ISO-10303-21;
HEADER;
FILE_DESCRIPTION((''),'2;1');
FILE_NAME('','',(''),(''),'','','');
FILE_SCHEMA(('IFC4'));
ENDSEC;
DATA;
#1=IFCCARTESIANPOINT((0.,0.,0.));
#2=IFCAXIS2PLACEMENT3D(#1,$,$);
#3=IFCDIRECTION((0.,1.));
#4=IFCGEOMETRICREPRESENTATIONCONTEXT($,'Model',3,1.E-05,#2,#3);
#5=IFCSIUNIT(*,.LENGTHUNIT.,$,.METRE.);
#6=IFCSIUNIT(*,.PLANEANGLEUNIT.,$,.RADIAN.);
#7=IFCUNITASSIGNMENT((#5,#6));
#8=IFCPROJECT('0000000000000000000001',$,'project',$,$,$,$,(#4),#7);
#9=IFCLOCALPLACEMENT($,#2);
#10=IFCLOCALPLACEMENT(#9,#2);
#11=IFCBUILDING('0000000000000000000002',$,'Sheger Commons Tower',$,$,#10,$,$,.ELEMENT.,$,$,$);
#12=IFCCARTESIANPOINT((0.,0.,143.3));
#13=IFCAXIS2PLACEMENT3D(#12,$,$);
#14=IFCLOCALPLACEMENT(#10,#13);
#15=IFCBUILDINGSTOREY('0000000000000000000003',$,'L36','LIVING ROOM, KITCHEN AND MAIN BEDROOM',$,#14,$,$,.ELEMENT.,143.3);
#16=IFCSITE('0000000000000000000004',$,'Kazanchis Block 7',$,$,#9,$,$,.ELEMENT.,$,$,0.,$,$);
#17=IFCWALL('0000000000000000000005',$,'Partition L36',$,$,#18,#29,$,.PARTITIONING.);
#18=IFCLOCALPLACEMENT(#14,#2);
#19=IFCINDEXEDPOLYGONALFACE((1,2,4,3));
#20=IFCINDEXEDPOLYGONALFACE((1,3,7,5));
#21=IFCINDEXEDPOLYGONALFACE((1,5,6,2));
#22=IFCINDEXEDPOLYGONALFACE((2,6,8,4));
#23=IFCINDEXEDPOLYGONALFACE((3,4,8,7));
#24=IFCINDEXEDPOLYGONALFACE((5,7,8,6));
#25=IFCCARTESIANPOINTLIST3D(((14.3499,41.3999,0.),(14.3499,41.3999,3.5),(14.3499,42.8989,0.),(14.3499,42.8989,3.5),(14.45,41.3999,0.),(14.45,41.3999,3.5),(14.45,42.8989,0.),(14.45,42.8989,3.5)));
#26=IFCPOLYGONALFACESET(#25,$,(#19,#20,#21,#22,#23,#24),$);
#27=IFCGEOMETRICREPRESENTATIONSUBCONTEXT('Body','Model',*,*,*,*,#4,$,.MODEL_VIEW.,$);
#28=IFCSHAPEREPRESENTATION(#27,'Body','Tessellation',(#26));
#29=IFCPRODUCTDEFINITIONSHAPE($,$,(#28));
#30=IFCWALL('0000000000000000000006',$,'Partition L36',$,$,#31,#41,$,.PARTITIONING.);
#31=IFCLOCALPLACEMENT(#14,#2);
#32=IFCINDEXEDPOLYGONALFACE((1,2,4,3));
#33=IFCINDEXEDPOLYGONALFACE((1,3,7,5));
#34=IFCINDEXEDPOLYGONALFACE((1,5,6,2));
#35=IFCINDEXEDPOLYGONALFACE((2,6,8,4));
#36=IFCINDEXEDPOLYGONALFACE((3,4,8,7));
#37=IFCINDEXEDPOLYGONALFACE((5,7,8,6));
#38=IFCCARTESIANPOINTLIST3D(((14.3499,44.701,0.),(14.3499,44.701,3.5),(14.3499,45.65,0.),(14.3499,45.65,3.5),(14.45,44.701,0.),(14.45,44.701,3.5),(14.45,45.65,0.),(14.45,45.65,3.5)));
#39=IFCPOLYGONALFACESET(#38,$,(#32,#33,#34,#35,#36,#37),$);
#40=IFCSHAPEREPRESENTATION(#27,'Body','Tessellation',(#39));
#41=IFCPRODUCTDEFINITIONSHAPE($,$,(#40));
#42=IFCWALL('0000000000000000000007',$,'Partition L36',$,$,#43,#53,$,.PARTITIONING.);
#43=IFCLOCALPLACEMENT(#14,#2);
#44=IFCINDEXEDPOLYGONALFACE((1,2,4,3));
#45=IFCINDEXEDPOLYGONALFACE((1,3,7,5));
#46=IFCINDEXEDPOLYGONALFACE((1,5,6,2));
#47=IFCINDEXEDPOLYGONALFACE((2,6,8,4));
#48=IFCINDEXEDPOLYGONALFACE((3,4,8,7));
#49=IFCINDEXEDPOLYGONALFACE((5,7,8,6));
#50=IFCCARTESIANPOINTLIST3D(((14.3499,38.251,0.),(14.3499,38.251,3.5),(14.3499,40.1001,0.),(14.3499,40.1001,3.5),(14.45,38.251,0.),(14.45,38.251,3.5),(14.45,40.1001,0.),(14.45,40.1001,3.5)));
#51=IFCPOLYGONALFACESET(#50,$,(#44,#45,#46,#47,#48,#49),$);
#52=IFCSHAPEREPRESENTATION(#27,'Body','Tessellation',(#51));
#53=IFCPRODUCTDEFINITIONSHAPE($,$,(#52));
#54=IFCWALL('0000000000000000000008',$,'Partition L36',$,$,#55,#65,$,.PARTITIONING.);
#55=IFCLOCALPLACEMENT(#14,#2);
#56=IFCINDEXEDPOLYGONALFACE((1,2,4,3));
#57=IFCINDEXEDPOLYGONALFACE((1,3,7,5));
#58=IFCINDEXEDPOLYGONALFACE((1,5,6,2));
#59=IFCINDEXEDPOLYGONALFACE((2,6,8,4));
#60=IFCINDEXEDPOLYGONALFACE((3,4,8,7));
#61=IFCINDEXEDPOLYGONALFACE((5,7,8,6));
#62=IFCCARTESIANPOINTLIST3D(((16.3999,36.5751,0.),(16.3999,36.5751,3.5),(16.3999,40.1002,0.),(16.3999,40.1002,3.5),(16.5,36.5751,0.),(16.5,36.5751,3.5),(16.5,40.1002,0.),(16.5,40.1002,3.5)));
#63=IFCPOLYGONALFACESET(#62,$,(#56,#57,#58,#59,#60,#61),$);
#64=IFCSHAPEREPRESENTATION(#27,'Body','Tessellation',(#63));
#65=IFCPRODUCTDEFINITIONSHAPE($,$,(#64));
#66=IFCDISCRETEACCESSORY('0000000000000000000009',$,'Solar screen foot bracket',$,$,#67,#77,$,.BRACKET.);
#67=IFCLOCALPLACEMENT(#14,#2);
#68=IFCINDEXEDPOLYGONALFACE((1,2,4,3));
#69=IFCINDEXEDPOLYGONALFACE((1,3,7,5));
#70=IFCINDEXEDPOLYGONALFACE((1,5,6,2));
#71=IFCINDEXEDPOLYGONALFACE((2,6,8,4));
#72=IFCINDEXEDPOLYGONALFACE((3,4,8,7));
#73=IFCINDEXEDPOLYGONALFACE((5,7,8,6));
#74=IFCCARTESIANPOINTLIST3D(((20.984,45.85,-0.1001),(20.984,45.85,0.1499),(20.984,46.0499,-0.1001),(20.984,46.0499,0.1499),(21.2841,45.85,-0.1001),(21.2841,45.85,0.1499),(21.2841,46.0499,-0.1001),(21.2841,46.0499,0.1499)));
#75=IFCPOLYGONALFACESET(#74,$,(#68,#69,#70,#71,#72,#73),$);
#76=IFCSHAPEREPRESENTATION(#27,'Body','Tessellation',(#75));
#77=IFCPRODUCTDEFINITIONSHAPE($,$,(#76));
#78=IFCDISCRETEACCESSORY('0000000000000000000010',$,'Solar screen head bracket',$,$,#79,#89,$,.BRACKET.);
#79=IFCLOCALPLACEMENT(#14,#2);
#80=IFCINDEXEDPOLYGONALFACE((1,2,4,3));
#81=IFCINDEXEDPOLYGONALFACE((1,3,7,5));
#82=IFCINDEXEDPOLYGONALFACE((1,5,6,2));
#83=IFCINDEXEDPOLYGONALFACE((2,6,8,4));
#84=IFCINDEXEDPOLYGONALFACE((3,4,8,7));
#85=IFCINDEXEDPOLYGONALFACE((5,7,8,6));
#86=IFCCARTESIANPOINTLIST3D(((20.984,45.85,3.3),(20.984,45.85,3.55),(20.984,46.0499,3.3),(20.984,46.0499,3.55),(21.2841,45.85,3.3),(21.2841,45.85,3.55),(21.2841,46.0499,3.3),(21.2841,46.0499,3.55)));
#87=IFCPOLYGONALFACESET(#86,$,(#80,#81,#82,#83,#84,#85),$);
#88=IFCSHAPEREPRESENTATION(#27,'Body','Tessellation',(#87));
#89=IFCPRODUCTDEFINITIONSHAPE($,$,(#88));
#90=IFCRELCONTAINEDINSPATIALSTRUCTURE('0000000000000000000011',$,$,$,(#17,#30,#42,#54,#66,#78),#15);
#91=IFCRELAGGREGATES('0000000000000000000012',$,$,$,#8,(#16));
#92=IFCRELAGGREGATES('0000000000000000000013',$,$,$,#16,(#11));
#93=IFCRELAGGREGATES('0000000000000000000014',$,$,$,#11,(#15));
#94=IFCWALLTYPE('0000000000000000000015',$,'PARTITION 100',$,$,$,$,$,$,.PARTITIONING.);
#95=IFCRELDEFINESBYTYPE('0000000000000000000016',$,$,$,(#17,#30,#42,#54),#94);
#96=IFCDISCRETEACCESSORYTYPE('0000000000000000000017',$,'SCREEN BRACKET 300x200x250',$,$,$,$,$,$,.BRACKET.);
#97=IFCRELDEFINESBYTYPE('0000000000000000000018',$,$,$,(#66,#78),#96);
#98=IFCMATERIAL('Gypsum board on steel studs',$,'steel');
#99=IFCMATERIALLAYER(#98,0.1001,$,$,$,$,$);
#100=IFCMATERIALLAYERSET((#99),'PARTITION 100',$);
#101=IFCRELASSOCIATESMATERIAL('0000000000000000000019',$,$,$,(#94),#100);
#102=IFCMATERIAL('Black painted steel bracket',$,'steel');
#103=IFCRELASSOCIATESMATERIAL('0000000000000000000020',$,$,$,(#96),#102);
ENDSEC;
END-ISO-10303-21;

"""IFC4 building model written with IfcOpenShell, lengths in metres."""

from ifc_helpers import new_model, si_unit, direction, frame, frame_2d, origin, origin_2d, place, context, subcontext, project, spatial, rectangle, extrude, material, layer, layer_set, type_object, element, save


model = new_model("IFC4")

# Units and contexts
model_context = context("Model", 3, precision=1e-05, world=origin(), true_north=direction((0.0, 1.0)))
body_context = subcontext(model_context, "Body", "Model", "MODEL_VIEW")
ifc_project = project(units=[si_unit("LENGTHUNIT", "METRE"), si_unit("PLANEANGLEUNIT", "RADIAN")], contexts=[model_context])

# Site, building, storey
site_placement = place(None, origin())
site = spatial("IfcSite", under=ifc_project, at=site_placement, Name="Kazanchis Block 7", CompositionType="ELEMENT", RefElevation=0.0)
building_placement = place(site_placement, origin())
building = spatial("IfcBuilding", under=site, at=building_placement, Name="Sheger Commons Tower", CompositionType="ELEMENT")
storey_placement = place(building_placement, frame((0.0, 0.0, 143.3)))
storey = spatial("IfcBuildingStorey", under=building, at=storey_placement, Name="L36", Description="LIVING ROOM, KITCHEN AND MAIN BEDROOM", CompositionType="ELEMENT", Elevation=143.3)

# Shared definitions
ifc_material_1 = material(Name="Gypsum board on steel studs", Category="steel")
ifc_layer_1 = layer(ifc_material_1, 0.1001)
ifc_layer_set_1 = layer_set([ifc_layer_1], Name="PARTITION 100")
wall_type_1 = type_object("IfcWallType", Name="PARTITION 100", PredefinedType="PARTITIONING", material=ifc_layer_set_1)

# Walls
wall_1_placement = place(storey_placement, frame((14.3999, 41.3999, 0.0), z_axis=(0.0, 0.0, 1.0), x_axis=(0.0, 1.0, 0.0)))
element("IfcWall", 1, at=wall_1_placement, inside=storey, type_object=wall_type_1, Name="Partition L36", PredefinedType="PARTITIONING", context=body_context, shape_type="SweptSolid", body=[
    extrude(rectangle(XDim=1.499, YDim=0.1001, at=frame_2d((0.7495, 0.0))), origin(), (0.0, 0.0, 1.0), 3.5),
])
wall_2_placement = place(storey_placement, frame((14.3999, 44.7009, 0.0), z_axis=(0.0, 0.0, 1.0), x_axis=(0.0, 1.0, 0.0)))
element("IfcWall", 2, at=wall_2_placement, inside=storey, type_object=wall_type_1, Name="Partition L36", PredefinedType="PARTITIONING", context=body_context, shape_type="SweptSolid", body=[
    extrude(rectangle(XDim=0.949, YDim=0.1001, at=frame_2d((0.4746, 0.0))), origin(), (0.0, 0.0, 1.0), 3.5),
])
wall_3_placement = place(storey_placement, frame((14.3999, 38.251, 0.0), z_axis=(0.0, 0.0, 1.0), x_axis=(0.0, 1.0, 0.0)))
element("IfcWall", 3, at=wall_3_placement, inside=storey, type_object=wall_type_1, Name="Partition L36", PredefinedType="PARTITIONING", context=body_context, shape_type="SweptSolid", body=[
    extrude(rectangle(XDim=1.8491, YDim=0.1001, at=frame_2d((0.9246, 0.0))), origin(), (0.0, 0.0, 1.0), 3.5),
])
wall_4_placement = place(storey_placement, frame((16.45, 36.575, 0.0), z_axis=(0.0, 0.0, 1.0), x_axis=(0.0, 1.0, 0.0)))
element("IfcWall", 4, at=wall_4_placement, inside=storey, type_object=wall_type_1, Name="Partition L36", PredefinedType="PARTITIONING", context=body_context, shape_type="SweptSolid", body=[
    extrude(rectangle(XDim=3.5251, YDim=0.1001, at=frame_2d((1.7627, 0.0))), origin(), (0.0, 0.0, 1.0), 3.5),
])

# Discrete accessories
ifc_material_2 = material(Name="Black painted steel bracket", Category="steel")
discrete_accessory_type = type_object("IfcDiscreteAccessoryType", Name="SCREEN BRACKET 300x200x250", PredefinedType="BRACKET", material=ifc_material_2)
for number, where, z_axis, x_axis, name in (
    (5, (21.134, 45.95, -0.1001), (0.0, 0.0, 1.0), (-1.0, 0.0, 0.0), "Solar screen foot bracket"),
    (6, (21.134, 45.95, 3.3), (0.0, 0.0, 1.0), (-1.0, 0.0, 0.0), "Solar screen head bracket"),
):
    element("IfcDiscreteAccessory", number, at=place(storey_placement, frame(where, z_axis=z_axis, x_axis=x_axis)), inside=storey, type_object=discrete_accessory_type, Name=name, PredefinedType="BRACKET", context=body_context, shape_type="SweptSolid", body=[
        extrude(rectangle(XDim=0.3, YDim=0.2, at=origin_2d()), origin(), (0.0, 0.0, 1.0), 0.25),
    ])

save(model, "model.ifc")
